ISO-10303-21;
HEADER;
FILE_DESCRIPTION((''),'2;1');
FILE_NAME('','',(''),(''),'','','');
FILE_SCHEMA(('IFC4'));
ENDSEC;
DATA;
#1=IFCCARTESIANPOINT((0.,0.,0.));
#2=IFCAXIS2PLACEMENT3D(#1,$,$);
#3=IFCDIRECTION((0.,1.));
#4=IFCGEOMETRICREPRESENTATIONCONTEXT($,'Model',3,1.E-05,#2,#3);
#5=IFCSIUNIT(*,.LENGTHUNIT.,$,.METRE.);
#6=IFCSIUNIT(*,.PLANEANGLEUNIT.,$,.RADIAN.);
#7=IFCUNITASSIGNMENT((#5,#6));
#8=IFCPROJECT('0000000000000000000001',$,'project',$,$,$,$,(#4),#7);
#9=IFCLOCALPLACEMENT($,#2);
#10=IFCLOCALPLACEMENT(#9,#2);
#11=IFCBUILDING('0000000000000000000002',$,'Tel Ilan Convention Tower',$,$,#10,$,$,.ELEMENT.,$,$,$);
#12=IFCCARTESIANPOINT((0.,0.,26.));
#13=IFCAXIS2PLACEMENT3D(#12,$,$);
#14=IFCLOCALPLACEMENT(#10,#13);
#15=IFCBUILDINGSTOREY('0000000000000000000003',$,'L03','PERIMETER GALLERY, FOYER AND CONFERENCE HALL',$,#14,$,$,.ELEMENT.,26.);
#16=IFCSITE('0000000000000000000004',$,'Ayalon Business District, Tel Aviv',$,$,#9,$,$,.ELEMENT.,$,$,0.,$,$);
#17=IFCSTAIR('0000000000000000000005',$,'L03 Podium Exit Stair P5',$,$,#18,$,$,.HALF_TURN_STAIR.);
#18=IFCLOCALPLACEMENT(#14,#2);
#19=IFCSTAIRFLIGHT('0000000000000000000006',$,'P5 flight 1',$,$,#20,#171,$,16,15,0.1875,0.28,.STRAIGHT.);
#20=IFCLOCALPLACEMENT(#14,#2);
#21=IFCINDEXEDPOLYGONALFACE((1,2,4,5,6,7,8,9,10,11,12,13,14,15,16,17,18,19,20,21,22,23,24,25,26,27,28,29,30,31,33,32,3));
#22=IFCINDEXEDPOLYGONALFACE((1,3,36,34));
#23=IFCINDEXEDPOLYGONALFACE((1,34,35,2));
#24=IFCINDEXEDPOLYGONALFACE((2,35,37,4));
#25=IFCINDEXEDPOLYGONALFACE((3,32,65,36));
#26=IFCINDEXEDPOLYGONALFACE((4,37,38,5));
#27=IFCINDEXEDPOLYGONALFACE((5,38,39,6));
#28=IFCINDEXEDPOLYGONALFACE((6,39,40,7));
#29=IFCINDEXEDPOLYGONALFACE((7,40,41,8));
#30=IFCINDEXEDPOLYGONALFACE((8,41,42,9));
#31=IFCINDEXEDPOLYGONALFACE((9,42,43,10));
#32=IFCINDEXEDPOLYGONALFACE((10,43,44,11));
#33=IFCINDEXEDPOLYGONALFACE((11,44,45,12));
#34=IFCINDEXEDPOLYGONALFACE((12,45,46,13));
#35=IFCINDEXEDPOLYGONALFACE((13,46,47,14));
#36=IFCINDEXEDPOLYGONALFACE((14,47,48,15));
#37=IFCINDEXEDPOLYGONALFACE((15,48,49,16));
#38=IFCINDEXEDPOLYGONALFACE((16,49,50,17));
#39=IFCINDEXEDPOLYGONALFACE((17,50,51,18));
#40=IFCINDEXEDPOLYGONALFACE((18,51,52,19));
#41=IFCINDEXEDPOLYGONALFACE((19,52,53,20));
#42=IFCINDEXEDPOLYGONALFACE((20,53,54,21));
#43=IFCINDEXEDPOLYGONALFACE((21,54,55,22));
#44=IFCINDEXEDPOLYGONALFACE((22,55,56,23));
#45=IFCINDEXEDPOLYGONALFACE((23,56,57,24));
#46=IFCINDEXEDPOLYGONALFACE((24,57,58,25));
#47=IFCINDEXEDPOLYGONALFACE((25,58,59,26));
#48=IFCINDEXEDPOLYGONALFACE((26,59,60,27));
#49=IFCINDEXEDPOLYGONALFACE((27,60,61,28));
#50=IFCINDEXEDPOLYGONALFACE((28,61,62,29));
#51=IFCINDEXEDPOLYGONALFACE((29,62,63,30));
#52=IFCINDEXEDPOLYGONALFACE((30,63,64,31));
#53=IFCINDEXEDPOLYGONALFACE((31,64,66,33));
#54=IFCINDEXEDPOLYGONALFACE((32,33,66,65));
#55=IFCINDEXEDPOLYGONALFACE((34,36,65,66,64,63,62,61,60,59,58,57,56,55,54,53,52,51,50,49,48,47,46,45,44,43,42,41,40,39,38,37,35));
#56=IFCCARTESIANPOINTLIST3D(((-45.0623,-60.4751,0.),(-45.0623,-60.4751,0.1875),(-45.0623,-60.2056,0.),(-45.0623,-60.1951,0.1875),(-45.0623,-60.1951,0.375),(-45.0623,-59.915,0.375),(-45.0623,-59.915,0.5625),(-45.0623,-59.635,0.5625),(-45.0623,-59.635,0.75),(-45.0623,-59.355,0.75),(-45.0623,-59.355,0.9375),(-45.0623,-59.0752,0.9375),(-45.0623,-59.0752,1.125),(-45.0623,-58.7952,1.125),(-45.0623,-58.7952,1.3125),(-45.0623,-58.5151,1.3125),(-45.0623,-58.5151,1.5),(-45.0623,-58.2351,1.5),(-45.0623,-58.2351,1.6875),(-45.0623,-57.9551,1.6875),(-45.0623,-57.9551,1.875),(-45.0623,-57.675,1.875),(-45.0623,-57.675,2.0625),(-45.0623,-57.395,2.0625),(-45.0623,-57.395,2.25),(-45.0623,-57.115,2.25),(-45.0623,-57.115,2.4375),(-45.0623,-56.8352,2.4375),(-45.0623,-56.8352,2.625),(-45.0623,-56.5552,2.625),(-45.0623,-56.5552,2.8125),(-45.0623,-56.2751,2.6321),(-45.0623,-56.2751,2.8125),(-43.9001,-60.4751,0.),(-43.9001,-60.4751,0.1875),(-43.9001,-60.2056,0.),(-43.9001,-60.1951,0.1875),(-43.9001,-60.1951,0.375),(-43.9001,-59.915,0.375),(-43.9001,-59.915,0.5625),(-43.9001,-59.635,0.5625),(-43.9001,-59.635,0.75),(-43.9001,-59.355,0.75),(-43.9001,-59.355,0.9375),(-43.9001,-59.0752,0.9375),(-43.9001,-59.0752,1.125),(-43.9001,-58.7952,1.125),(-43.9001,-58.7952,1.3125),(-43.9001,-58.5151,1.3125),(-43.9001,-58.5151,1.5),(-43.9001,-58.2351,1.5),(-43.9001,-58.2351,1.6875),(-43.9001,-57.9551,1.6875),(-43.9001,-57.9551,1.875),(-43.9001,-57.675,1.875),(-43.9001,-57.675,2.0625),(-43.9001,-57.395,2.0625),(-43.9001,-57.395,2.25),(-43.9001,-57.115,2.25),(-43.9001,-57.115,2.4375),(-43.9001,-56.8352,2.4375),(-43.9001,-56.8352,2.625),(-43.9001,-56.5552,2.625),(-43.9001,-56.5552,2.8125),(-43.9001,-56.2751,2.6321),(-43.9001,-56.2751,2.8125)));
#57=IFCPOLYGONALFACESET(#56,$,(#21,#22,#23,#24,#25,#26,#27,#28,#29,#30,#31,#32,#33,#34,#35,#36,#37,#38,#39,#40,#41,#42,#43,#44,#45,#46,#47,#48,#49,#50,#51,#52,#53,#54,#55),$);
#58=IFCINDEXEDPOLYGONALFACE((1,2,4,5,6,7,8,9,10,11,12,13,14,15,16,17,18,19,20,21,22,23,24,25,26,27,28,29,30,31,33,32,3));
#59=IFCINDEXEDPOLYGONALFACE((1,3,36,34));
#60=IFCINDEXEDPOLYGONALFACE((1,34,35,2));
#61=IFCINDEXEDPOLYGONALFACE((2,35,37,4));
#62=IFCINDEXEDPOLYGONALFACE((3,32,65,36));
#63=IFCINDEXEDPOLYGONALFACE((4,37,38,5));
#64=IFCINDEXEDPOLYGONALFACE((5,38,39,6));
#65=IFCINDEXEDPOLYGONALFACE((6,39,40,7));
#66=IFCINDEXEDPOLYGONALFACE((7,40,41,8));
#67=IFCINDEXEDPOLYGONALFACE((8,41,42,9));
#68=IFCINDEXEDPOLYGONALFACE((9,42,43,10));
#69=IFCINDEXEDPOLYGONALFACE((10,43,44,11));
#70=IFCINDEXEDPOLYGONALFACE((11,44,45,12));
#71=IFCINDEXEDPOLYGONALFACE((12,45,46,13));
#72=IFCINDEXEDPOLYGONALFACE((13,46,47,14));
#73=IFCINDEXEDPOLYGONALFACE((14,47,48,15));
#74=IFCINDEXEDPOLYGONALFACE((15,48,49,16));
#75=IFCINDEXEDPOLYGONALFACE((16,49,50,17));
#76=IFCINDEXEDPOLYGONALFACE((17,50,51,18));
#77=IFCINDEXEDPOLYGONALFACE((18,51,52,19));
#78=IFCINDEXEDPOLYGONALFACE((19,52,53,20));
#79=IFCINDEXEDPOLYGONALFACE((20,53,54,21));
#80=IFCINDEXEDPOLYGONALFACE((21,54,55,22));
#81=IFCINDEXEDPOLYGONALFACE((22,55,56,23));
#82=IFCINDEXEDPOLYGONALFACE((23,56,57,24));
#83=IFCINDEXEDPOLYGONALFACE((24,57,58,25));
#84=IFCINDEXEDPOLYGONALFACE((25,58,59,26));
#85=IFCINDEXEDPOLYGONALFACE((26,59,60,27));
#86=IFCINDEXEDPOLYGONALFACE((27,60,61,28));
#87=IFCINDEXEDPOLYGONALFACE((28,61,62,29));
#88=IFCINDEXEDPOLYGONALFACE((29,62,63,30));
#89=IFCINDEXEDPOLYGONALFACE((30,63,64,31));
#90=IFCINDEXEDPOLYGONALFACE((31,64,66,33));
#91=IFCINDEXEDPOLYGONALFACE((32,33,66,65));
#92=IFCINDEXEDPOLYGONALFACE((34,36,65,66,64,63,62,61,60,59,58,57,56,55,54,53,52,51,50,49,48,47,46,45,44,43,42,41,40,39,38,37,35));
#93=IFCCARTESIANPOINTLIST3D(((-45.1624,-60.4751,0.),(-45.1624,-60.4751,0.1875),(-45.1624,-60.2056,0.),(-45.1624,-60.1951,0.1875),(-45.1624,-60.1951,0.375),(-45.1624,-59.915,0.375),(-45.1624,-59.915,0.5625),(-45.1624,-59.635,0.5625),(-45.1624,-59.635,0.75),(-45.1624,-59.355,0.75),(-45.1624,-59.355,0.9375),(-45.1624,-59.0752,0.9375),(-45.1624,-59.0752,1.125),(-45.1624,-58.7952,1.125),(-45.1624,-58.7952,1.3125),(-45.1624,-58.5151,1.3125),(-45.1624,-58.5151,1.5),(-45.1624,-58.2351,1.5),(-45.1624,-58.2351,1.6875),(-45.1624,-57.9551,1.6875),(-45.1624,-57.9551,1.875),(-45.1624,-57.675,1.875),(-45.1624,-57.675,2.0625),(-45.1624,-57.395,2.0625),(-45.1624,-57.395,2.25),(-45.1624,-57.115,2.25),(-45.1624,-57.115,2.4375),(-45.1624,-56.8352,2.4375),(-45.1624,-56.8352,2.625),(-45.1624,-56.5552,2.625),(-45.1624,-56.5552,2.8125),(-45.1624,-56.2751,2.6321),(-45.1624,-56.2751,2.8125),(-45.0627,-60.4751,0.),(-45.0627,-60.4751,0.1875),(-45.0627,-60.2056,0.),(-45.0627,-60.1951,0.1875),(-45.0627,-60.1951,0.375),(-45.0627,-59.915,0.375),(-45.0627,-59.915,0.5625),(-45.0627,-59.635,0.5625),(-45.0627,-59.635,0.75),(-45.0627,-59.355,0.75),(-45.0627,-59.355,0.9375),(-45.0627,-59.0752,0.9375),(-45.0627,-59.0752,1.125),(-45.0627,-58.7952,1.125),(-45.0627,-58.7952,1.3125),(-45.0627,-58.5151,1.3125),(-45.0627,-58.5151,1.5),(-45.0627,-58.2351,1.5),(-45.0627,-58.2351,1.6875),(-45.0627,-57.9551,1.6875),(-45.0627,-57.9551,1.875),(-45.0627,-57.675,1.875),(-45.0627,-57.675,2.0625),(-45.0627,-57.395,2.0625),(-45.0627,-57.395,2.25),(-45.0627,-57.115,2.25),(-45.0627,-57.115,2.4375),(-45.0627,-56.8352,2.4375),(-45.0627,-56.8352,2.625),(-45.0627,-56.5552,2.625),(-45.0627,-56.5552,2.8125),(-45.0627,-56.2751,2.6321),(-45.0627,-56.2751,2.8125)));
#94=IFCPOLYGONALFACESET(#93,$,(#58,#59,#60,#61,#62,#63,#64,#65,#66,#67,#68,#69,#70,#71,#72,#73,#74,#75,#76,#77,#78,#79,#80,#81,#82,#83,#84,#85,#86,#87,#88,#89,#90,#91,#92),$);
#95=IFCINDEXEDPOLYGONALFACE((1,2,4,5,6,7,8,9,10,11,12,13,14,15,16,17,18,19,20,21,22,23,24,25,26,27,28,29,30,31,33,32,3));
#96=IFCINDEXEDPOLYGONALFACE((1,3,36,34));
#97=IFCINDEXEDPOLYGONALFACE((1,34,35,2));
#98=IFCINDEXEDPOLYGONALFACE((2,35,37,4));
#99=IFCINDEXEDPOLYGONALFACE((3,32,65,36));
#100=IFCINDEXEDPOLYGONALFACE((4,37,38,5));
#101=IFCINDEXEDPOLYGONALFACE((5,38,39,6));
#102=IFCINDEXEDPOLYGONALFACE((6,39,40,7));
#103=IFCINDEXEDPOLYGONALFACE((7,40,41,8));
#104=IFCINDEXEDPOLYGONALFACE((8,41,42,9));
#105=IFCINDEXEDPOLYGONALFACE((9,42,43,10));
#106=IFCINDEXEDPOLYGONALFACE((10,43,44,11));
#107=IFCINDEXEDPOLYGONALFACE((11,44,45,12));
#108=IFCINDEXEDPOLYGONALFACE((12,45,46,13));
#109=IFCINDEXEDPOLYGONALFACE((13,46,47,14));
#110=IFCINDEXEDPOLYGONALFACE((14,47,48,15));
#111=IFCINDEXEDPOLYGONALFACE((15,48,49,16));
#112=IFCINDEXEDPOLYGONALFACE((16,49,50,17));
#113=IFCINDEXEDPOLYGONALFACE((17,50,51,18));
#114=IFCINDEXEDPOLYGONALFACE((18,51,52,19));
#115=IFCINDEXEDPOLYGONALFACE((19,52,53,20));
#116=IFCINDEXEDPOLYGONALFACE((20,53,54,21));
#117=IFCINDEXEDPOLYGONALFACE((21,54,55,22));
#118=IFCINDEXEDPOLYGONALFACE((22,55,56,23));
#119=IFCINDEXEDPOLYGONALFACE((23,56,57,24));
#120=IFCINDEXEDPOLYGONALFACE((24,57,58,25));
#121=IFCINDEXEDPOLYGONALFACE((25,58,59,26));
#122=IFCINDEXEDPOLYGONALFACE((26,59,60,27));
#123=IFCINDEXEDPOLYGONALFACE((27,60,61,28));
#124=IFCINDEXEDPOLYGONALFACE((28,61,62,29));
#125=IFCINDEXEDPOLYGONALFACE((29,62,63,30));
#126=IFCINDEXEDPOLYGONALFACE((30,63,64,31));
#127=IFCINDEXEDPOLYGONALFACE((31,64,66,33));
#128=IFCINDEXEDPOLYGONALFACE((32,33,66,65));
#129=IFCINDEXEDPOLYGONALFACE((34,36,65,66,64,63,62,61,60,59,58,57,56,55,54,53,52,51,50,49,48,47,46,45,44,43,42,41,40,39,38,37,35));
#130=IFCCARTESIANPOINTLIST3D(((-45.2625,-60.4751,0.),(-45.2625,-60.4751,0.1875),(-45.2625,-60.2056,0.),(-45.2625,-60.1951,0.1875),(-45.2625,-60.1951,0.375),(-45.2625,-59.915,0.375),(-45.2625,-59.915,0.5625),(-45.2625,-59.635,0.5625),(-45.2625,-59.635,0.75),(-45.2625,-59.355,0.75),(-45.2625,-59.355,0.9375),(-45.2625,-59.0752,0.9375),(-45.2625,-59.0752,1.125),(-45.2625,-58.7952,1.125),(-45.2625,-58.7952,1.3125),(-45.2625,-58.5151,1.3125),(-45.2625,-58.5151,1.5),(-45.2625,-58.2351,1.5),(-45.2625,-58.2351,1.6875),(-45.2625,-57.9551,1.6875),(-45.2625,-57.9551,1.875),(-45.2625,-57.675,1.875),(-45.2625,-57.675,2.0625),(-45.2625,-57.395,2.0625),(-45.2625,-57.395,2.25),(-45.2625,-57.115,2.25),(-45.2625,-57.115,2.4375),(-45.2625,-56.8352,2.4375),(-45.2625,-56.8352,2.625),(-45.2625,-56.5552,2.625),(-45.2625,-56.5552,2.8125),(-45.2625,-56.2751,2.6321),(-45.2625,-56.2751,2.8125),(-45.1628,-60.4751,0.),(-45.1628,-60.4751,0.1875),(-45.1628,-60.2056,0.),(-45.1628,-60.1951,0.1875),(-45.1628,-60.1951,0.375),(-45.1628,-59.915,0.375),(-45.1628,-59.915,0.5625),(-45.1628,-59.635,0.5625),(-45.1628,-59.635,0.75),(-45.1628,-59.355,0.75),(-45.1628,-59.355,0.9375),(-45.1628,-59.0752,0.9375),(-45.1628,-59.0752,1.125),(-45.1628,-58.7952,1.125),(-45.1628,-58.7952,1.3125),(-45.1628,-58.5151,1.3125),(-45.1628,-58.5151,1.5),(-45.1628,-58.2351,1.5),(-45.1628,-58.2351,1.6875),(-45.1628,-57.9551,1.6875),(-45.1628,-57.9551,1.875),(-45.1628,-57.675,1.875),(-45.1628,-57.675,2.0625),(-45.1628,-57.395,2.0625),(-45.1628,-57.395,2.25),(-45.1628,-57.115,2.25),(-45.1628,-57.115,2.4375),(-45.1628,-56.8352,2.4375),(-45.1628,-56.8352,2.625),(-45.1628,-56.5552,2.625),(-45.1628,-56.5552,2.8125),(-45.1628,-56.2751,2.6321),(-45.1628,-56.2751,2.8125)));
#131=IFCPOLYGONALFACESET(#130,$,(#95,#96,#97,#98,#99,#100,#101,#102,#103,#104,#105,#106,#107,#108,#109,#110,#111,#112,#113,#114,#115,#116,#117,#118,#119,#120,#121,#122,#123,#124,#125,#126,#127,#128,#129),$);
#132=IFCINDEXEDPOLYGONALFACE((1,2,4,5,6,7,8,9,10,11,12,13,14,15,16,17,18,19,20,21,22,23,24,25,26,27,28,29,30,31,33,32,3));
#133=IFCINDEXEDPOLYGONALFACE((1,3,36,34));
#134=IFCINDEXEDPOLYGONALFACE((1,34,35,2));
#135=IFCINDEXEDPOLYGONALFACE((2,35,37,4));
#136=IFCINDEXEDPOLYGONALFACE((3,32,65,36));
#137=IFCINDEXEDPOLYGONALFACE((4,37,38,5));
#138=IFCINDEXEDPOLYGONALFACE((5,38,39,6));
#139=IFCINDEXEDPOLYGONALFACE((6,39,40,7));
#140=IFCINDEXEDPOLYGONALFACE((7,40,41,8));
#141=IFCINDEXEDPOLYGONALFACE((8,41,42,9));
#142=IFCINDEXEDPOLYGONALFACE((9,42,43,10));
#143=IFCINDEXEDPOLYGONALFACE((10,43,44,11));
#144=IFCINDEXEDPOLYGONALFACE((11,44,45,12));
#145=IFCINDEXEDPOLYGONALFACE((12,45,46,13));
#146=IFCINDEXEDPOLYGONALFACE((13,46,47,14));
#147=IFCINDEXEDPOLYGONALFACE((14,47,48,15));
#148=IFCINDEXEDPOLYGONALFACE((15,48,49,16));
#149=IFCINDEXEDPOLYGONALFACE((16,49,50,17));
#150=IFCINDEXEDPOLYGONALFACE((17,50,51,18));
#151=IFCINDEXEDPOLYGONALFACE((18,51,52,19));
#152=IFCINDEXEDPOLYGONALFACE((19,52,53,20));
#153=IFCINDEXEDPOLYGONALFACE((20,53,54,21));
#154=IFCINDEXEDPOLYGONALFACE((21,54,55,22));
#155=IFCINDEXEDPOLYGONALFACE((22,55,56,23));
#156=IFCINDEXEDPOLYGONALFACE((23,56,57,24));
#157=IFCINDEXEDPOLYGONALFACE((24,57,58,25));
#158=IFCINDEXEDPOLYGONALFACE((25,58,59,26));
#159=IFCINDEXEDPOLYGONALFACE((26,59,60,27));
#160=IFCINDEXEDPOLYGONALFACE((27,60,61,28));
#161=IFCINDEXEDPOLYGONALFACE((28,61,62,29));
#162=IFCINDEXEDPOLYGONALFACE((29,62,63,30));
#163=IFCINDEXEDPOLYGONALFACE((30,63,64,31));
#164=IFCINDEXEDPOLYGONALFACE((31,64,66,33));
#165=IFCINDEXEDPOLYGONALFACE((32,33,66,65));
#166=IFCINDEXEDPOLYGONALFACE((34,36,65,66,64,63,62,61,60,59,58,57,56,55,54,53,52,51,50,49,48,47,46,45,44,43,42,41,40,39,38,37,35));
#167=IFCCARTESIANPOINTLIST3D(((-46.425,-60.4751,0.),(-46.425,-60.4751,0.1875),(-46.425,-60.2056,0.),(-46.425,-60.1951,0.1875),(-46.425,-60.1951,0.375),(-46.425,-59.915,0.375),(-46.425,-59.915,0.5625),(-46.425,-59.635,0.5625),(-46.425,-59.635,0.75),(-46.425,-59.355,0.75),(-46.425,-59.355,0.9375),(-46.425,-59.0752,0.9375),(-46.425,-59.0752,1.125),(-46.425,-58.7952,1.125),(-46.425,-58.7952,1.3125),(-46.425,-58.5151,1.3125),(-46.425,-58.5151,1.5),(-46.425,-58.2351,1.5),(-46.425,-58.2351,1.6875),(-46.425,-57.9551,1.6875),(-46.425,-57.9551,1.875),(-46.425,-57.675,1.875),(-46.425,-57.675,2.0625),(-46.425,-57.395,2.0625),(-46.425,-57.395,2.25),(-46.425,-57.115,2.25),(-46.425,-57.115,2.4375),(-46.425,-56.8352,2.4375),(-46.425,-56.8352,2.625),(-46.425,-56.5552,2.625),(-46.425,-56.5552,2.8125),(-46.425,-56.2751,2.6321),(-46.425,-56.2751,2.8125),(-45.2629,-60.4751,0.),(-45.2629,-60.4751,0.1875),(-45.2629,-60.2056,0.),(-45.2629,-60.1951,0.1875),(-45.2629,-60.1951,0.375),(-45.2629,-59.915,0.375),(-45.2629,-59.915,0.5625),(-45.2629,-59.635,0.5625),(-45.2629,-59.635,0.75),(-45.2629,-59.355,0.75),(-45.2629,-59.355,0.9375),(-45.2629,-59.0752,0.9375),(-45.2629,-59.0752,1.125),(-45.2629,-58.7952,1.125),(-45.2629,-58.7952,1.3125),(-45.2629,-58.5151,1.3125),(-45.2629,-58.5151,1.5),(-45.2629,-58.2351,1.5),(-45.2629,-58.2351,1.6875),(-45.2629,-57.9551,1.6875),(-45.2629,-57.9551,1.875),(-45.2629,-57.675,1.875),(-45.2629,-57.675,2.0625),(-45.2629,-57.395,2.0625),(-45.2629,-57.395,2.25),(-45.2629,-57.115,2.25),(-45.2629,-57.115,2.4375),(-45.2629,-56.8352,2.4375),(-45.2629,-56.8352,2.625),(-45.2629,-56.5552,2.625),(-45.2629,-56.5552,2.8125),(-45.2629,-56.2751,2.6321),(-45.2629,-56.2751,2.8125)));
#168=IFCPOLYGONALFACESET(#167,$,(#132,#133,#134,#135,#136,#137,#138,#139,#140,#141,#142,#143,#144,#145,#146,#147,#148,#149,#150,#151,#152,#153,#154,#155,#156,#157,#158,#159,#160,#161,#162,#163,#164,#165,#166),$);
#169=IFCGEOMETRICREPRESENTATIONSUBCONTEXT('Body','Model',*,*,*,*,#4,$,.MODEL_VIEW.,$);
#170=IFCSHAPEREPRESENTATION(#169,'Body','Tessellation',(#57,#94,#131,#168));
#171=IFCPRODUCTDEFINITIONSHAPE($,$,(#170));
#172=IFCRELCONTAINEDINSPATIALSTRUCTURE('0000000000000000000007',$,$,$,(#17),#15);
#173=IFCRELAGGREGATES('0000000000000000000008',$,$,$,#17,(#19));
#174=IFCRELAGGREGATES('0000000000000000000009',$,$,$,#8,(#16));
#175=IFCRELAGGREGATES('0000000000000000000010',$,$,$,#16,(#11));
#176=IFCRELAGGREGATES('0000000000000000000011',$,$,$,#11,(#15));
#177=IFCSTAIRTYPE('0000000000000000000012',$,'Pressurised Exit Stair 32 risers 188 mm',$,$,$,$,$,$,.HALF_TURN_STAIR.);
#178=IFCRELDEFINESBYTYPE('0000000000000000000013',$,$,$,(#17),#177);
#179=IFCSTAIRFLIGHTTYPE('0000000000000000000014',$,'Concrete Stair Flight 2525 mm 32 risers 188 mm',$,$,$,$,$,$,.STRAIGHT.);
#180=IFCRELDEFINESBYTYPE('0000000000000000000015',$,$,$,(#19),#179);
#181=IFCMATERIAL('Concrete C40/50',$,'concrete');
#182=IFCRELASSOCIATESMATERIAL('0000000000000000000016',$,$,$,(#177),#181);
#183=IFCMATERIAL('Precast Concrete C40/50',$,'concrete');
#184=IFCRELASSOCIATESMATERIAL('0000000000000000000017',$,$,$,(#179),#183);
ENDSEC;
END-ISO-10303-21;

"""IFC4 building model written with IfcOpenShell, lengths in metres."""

from ifc_helpers import new_model, si_unit, direction, frame, origin, place, context, subcontext, project, spatial, polyline, outline, extrude, material, type_object, element, aggregate, save


model = new_model("IFC4")

# Units and contexts
model_context = context("Model", 3, precision=1e-05, world=origin(), true_north=direction((0.0, 1.0)))
body_context = subcontext(model_context, "Body", "Model", "MODEL_VIEW")
ifc_project = project(units=[si_unit("LENGTHUNIT", "METRE"), si_unit("PLANEANGLEUNIT", "RADIAN")], contexts=[model_context])

# Site, building, storey
site_placement = place(None, origin())
site = spatial("IfcSite", under=ifc_project, at=site_placement, Name="Ayalon Business District, Tel Aviv", CompositionType="ELEMENT", RefElevation=0.0)
building_placement = place(site_placement, origin())
building = spatial("IfcBuilding", under=site, at=building_placement, Name="Tel Ilan Convention Tower", CompositionType="ELEMENT")
storey_placement = place(building_placement, frame((0.0, 0.0, 26.0)))
storey = spatial("IfcBuildingStorey", under=building, at=storey_placement, Name="L03", Description="PERIMETER GALLERY, FOYER AND CONFERENCE HALL", CompositionType="ELEMENT", Elevation=26.0)

# Stair, stair flight
ifc_material_1 = material(Name="Concrete C40/50", Category="concrete")
stair_type = type_object("IfcStairType", Name="Pressurised Exit Stair 32 risers 188 mm", PredefinedType="HALF_TURN_STAIR", material=ifc_material_1)
stair_1_placement = place(storey_placement, origin())
stair_1 = element("IfcStair", 1, at=stair_1_placement, inside=storey, type_object=stair_type, Name="L03 Podium Exit Stair P5", PredefinedType="HALF_TURN_STAIR")
ifc_material_2 = material(Name="Precast Concrete C40/50", Category="concrete")
stair_flight_type = type_object("IfcStairFlightType", Name="Concrete Stair Flight 2525 mm 32 risers 188 mm", PredefinedType="STRAIGHT", material=ifc_material_2)
stair_flight_1_placement = place(storey_placement, frame((-45.1626, -60.4751, 0.0), z_axis=(0.0, 0.0, 1.0), x_axis=(0.0, 1.0, 0.0)))
stair_flight_1 = element("IfcStairFlight", 2, at=stair_flight_1_placement, type_object=stair_flight_type, Name="P5 flight 1", NumberOfRisers=16, NumberOfTreads=15, PredefinedType="STRAIGHT", RiserHeight=0.1875, TreadLength=0.28, context=body_context, shape_type="SweptSolid", body=[
    extrude(outline(polyline([(0.0, 0.0), (0.0, 0.1875), (0.28, 0.1875), (0.28, 0.375), (0.5601, 0.375), (0.5601, 0.5625), (0.8401, 0.5625), (0.8401, 0.75), (1.1201, 0.75), (1.1201, 0.9375), (1.3999, 0.9375), (1.3999, 1.125), (1.6799, 1.125), (1.6799, 1.3125), (1.96, 1.3125), (1.96, 1.5), (2.24, 1.5), (2.24, 1.6875), (2.52, 1.6875), (2.52, 1.875), (2.8, 1.875), (2.8, 2.0625), (3.0801, 2.0625), (3.0801, 2.25), (3.3601, 2.25), (3.3601, 2.4375), (3.6399, 2.4375), (3.6399, 2.625), (3.9199, 2.625), (3.9199, 2.8125), (4.2, 2.8125), (4.2, 3.0), (4.2, 2.6321), (0.2695, 0.0), (0.0, 0.0)])), frame((0.0, -0.1003, 0.0), z_axis=(0.0, -1.0, 0.0), x_axis=(1.0, 0.0, 0.0)), (0.0, 0.0, 1.0), 1.1621),
    extrude(outline(polyline([(0.0, 0.0), (0.0, 0.1875), (0.28, 0.1875), (0.28, 0.375), (0.5601, 0.375), (0.5601, 0.5625), (0.8401, 0.5625), (0.8401, 0.75), (1.1201, 0.75), (1.1201, 0.9375), (1.3999, 0.9375), (1.3999, 1.125), (1.6799, 1.125), (1.6799, 1.3125), (1.96, 1.3125), (1.96, 1.5), (2.24, 1.5), (2.24, 1.6875), (2.52, 1.6875), (2.52, 1.875), (2.8, 1.875), (2.8, 2.0625), (3.0801, 2.0625), (3.0801, 2.25), (3.3601, 2.25), (3.3601, 2.4375), (3.6399, 2.4375), (3.6399, 2.625), (3.9199, 2.625), (3.9199, 2.8125), (4.2, 2.8125), (4.2, 3.0), (4.2, 2.6321), (0.2695, 0.0), (0.0, 0.0)])), frame((0.0, -0.0002, 0.0), z_axis=(0.0, -1.0, 0.0), x_axis=(1.0, 0.0, 0.0)), (0.0, 0.0, 1.0), 0.0996),
    extrude(outline(polyline([(0.0, 0.0), (0.0, 0.1875), (0.28, 0.1875), (0.28, 0.375), (0.5601, 0.375), (0.5601, 0.5625), (0.8401, 0.5625), (0.8401, 0.75), (1.1201, 0.75), (1.1201, 0.9375), (1.3999, 0.9375), (1.3999, 1.125), (1.6799, 1.125), (1.6799, 1.3125), (1.96, 1.3125), (1.96, 1.5), (2.24, 1.5), (2.24, 1.6875), (2.52, 1.6875), (2.52, 1.875), (2.8, 1.875), (2.8, 2.0625), (3.0801, 2.0625), (3.0801, 2.25), (3.3601, 2.25), (3.3601, 2.4375), (3.6399, 2.4375), (3.6399, 2.625), (3.9199, 2.625), (3.9199, 2.8125), (4.2, 2.8125), (4.2, 3.0), (4.2, 2.6321), (0.2695, 0.0), (0.0, 0.0)])), frame((0.0, 0.0999, 0.0), z_axis=(0.0, -1.0, 0.0), x_axis=(1.0, 0.0, 0.0)), (0.0, 0.0, 1.0), 0.0996),
    extrude(outline(polyline([(0.0, 0.0), (0.0, 0.1875), (0.28, 0.1875), (0.28, 0.375), (0.5601, 0.375), (0.5601, 0.5625), (0.8401, 0.5625), (0.8401, 0.75), (1.1201, 0.75), (1.1201, 0.9375), (1.3999, 0.9375), (1.3999, 1.125), (1.6799, 1.125), (1.6799, 1.3125), (1.96, 1.3125), (1.96, 1.5), (2.24, 1.5), (2.24, 1.6875), (2.52, 1.6875), (2.52, 1.875), (2.8, 1.875), (2.8, 2.0625), (3.0801, 2.0625), (3.0801, 2.25), (3.3601, 2.25), (3.3601, 2.4375), (3.6399, 2.4375), (3.6399, 2.625), (3.9199, 2.625), (3.9199, 2.8125), (4.2, 2.8125), (4.2, 3.0), (4.2, 2.6321), (0.2695, 0.0), (0.0, 0.0)])), frame((0.0, 1.2625, 0.0), z_axis=(0.0, -1.0, 0.0), x_axis=(1.0, 0.0, 0.0)), (0.0, 0.0, 1.0), 1.1621),
])
aggregate(stair_1, [stair_flight_1])

save(model, "model.ifc")
